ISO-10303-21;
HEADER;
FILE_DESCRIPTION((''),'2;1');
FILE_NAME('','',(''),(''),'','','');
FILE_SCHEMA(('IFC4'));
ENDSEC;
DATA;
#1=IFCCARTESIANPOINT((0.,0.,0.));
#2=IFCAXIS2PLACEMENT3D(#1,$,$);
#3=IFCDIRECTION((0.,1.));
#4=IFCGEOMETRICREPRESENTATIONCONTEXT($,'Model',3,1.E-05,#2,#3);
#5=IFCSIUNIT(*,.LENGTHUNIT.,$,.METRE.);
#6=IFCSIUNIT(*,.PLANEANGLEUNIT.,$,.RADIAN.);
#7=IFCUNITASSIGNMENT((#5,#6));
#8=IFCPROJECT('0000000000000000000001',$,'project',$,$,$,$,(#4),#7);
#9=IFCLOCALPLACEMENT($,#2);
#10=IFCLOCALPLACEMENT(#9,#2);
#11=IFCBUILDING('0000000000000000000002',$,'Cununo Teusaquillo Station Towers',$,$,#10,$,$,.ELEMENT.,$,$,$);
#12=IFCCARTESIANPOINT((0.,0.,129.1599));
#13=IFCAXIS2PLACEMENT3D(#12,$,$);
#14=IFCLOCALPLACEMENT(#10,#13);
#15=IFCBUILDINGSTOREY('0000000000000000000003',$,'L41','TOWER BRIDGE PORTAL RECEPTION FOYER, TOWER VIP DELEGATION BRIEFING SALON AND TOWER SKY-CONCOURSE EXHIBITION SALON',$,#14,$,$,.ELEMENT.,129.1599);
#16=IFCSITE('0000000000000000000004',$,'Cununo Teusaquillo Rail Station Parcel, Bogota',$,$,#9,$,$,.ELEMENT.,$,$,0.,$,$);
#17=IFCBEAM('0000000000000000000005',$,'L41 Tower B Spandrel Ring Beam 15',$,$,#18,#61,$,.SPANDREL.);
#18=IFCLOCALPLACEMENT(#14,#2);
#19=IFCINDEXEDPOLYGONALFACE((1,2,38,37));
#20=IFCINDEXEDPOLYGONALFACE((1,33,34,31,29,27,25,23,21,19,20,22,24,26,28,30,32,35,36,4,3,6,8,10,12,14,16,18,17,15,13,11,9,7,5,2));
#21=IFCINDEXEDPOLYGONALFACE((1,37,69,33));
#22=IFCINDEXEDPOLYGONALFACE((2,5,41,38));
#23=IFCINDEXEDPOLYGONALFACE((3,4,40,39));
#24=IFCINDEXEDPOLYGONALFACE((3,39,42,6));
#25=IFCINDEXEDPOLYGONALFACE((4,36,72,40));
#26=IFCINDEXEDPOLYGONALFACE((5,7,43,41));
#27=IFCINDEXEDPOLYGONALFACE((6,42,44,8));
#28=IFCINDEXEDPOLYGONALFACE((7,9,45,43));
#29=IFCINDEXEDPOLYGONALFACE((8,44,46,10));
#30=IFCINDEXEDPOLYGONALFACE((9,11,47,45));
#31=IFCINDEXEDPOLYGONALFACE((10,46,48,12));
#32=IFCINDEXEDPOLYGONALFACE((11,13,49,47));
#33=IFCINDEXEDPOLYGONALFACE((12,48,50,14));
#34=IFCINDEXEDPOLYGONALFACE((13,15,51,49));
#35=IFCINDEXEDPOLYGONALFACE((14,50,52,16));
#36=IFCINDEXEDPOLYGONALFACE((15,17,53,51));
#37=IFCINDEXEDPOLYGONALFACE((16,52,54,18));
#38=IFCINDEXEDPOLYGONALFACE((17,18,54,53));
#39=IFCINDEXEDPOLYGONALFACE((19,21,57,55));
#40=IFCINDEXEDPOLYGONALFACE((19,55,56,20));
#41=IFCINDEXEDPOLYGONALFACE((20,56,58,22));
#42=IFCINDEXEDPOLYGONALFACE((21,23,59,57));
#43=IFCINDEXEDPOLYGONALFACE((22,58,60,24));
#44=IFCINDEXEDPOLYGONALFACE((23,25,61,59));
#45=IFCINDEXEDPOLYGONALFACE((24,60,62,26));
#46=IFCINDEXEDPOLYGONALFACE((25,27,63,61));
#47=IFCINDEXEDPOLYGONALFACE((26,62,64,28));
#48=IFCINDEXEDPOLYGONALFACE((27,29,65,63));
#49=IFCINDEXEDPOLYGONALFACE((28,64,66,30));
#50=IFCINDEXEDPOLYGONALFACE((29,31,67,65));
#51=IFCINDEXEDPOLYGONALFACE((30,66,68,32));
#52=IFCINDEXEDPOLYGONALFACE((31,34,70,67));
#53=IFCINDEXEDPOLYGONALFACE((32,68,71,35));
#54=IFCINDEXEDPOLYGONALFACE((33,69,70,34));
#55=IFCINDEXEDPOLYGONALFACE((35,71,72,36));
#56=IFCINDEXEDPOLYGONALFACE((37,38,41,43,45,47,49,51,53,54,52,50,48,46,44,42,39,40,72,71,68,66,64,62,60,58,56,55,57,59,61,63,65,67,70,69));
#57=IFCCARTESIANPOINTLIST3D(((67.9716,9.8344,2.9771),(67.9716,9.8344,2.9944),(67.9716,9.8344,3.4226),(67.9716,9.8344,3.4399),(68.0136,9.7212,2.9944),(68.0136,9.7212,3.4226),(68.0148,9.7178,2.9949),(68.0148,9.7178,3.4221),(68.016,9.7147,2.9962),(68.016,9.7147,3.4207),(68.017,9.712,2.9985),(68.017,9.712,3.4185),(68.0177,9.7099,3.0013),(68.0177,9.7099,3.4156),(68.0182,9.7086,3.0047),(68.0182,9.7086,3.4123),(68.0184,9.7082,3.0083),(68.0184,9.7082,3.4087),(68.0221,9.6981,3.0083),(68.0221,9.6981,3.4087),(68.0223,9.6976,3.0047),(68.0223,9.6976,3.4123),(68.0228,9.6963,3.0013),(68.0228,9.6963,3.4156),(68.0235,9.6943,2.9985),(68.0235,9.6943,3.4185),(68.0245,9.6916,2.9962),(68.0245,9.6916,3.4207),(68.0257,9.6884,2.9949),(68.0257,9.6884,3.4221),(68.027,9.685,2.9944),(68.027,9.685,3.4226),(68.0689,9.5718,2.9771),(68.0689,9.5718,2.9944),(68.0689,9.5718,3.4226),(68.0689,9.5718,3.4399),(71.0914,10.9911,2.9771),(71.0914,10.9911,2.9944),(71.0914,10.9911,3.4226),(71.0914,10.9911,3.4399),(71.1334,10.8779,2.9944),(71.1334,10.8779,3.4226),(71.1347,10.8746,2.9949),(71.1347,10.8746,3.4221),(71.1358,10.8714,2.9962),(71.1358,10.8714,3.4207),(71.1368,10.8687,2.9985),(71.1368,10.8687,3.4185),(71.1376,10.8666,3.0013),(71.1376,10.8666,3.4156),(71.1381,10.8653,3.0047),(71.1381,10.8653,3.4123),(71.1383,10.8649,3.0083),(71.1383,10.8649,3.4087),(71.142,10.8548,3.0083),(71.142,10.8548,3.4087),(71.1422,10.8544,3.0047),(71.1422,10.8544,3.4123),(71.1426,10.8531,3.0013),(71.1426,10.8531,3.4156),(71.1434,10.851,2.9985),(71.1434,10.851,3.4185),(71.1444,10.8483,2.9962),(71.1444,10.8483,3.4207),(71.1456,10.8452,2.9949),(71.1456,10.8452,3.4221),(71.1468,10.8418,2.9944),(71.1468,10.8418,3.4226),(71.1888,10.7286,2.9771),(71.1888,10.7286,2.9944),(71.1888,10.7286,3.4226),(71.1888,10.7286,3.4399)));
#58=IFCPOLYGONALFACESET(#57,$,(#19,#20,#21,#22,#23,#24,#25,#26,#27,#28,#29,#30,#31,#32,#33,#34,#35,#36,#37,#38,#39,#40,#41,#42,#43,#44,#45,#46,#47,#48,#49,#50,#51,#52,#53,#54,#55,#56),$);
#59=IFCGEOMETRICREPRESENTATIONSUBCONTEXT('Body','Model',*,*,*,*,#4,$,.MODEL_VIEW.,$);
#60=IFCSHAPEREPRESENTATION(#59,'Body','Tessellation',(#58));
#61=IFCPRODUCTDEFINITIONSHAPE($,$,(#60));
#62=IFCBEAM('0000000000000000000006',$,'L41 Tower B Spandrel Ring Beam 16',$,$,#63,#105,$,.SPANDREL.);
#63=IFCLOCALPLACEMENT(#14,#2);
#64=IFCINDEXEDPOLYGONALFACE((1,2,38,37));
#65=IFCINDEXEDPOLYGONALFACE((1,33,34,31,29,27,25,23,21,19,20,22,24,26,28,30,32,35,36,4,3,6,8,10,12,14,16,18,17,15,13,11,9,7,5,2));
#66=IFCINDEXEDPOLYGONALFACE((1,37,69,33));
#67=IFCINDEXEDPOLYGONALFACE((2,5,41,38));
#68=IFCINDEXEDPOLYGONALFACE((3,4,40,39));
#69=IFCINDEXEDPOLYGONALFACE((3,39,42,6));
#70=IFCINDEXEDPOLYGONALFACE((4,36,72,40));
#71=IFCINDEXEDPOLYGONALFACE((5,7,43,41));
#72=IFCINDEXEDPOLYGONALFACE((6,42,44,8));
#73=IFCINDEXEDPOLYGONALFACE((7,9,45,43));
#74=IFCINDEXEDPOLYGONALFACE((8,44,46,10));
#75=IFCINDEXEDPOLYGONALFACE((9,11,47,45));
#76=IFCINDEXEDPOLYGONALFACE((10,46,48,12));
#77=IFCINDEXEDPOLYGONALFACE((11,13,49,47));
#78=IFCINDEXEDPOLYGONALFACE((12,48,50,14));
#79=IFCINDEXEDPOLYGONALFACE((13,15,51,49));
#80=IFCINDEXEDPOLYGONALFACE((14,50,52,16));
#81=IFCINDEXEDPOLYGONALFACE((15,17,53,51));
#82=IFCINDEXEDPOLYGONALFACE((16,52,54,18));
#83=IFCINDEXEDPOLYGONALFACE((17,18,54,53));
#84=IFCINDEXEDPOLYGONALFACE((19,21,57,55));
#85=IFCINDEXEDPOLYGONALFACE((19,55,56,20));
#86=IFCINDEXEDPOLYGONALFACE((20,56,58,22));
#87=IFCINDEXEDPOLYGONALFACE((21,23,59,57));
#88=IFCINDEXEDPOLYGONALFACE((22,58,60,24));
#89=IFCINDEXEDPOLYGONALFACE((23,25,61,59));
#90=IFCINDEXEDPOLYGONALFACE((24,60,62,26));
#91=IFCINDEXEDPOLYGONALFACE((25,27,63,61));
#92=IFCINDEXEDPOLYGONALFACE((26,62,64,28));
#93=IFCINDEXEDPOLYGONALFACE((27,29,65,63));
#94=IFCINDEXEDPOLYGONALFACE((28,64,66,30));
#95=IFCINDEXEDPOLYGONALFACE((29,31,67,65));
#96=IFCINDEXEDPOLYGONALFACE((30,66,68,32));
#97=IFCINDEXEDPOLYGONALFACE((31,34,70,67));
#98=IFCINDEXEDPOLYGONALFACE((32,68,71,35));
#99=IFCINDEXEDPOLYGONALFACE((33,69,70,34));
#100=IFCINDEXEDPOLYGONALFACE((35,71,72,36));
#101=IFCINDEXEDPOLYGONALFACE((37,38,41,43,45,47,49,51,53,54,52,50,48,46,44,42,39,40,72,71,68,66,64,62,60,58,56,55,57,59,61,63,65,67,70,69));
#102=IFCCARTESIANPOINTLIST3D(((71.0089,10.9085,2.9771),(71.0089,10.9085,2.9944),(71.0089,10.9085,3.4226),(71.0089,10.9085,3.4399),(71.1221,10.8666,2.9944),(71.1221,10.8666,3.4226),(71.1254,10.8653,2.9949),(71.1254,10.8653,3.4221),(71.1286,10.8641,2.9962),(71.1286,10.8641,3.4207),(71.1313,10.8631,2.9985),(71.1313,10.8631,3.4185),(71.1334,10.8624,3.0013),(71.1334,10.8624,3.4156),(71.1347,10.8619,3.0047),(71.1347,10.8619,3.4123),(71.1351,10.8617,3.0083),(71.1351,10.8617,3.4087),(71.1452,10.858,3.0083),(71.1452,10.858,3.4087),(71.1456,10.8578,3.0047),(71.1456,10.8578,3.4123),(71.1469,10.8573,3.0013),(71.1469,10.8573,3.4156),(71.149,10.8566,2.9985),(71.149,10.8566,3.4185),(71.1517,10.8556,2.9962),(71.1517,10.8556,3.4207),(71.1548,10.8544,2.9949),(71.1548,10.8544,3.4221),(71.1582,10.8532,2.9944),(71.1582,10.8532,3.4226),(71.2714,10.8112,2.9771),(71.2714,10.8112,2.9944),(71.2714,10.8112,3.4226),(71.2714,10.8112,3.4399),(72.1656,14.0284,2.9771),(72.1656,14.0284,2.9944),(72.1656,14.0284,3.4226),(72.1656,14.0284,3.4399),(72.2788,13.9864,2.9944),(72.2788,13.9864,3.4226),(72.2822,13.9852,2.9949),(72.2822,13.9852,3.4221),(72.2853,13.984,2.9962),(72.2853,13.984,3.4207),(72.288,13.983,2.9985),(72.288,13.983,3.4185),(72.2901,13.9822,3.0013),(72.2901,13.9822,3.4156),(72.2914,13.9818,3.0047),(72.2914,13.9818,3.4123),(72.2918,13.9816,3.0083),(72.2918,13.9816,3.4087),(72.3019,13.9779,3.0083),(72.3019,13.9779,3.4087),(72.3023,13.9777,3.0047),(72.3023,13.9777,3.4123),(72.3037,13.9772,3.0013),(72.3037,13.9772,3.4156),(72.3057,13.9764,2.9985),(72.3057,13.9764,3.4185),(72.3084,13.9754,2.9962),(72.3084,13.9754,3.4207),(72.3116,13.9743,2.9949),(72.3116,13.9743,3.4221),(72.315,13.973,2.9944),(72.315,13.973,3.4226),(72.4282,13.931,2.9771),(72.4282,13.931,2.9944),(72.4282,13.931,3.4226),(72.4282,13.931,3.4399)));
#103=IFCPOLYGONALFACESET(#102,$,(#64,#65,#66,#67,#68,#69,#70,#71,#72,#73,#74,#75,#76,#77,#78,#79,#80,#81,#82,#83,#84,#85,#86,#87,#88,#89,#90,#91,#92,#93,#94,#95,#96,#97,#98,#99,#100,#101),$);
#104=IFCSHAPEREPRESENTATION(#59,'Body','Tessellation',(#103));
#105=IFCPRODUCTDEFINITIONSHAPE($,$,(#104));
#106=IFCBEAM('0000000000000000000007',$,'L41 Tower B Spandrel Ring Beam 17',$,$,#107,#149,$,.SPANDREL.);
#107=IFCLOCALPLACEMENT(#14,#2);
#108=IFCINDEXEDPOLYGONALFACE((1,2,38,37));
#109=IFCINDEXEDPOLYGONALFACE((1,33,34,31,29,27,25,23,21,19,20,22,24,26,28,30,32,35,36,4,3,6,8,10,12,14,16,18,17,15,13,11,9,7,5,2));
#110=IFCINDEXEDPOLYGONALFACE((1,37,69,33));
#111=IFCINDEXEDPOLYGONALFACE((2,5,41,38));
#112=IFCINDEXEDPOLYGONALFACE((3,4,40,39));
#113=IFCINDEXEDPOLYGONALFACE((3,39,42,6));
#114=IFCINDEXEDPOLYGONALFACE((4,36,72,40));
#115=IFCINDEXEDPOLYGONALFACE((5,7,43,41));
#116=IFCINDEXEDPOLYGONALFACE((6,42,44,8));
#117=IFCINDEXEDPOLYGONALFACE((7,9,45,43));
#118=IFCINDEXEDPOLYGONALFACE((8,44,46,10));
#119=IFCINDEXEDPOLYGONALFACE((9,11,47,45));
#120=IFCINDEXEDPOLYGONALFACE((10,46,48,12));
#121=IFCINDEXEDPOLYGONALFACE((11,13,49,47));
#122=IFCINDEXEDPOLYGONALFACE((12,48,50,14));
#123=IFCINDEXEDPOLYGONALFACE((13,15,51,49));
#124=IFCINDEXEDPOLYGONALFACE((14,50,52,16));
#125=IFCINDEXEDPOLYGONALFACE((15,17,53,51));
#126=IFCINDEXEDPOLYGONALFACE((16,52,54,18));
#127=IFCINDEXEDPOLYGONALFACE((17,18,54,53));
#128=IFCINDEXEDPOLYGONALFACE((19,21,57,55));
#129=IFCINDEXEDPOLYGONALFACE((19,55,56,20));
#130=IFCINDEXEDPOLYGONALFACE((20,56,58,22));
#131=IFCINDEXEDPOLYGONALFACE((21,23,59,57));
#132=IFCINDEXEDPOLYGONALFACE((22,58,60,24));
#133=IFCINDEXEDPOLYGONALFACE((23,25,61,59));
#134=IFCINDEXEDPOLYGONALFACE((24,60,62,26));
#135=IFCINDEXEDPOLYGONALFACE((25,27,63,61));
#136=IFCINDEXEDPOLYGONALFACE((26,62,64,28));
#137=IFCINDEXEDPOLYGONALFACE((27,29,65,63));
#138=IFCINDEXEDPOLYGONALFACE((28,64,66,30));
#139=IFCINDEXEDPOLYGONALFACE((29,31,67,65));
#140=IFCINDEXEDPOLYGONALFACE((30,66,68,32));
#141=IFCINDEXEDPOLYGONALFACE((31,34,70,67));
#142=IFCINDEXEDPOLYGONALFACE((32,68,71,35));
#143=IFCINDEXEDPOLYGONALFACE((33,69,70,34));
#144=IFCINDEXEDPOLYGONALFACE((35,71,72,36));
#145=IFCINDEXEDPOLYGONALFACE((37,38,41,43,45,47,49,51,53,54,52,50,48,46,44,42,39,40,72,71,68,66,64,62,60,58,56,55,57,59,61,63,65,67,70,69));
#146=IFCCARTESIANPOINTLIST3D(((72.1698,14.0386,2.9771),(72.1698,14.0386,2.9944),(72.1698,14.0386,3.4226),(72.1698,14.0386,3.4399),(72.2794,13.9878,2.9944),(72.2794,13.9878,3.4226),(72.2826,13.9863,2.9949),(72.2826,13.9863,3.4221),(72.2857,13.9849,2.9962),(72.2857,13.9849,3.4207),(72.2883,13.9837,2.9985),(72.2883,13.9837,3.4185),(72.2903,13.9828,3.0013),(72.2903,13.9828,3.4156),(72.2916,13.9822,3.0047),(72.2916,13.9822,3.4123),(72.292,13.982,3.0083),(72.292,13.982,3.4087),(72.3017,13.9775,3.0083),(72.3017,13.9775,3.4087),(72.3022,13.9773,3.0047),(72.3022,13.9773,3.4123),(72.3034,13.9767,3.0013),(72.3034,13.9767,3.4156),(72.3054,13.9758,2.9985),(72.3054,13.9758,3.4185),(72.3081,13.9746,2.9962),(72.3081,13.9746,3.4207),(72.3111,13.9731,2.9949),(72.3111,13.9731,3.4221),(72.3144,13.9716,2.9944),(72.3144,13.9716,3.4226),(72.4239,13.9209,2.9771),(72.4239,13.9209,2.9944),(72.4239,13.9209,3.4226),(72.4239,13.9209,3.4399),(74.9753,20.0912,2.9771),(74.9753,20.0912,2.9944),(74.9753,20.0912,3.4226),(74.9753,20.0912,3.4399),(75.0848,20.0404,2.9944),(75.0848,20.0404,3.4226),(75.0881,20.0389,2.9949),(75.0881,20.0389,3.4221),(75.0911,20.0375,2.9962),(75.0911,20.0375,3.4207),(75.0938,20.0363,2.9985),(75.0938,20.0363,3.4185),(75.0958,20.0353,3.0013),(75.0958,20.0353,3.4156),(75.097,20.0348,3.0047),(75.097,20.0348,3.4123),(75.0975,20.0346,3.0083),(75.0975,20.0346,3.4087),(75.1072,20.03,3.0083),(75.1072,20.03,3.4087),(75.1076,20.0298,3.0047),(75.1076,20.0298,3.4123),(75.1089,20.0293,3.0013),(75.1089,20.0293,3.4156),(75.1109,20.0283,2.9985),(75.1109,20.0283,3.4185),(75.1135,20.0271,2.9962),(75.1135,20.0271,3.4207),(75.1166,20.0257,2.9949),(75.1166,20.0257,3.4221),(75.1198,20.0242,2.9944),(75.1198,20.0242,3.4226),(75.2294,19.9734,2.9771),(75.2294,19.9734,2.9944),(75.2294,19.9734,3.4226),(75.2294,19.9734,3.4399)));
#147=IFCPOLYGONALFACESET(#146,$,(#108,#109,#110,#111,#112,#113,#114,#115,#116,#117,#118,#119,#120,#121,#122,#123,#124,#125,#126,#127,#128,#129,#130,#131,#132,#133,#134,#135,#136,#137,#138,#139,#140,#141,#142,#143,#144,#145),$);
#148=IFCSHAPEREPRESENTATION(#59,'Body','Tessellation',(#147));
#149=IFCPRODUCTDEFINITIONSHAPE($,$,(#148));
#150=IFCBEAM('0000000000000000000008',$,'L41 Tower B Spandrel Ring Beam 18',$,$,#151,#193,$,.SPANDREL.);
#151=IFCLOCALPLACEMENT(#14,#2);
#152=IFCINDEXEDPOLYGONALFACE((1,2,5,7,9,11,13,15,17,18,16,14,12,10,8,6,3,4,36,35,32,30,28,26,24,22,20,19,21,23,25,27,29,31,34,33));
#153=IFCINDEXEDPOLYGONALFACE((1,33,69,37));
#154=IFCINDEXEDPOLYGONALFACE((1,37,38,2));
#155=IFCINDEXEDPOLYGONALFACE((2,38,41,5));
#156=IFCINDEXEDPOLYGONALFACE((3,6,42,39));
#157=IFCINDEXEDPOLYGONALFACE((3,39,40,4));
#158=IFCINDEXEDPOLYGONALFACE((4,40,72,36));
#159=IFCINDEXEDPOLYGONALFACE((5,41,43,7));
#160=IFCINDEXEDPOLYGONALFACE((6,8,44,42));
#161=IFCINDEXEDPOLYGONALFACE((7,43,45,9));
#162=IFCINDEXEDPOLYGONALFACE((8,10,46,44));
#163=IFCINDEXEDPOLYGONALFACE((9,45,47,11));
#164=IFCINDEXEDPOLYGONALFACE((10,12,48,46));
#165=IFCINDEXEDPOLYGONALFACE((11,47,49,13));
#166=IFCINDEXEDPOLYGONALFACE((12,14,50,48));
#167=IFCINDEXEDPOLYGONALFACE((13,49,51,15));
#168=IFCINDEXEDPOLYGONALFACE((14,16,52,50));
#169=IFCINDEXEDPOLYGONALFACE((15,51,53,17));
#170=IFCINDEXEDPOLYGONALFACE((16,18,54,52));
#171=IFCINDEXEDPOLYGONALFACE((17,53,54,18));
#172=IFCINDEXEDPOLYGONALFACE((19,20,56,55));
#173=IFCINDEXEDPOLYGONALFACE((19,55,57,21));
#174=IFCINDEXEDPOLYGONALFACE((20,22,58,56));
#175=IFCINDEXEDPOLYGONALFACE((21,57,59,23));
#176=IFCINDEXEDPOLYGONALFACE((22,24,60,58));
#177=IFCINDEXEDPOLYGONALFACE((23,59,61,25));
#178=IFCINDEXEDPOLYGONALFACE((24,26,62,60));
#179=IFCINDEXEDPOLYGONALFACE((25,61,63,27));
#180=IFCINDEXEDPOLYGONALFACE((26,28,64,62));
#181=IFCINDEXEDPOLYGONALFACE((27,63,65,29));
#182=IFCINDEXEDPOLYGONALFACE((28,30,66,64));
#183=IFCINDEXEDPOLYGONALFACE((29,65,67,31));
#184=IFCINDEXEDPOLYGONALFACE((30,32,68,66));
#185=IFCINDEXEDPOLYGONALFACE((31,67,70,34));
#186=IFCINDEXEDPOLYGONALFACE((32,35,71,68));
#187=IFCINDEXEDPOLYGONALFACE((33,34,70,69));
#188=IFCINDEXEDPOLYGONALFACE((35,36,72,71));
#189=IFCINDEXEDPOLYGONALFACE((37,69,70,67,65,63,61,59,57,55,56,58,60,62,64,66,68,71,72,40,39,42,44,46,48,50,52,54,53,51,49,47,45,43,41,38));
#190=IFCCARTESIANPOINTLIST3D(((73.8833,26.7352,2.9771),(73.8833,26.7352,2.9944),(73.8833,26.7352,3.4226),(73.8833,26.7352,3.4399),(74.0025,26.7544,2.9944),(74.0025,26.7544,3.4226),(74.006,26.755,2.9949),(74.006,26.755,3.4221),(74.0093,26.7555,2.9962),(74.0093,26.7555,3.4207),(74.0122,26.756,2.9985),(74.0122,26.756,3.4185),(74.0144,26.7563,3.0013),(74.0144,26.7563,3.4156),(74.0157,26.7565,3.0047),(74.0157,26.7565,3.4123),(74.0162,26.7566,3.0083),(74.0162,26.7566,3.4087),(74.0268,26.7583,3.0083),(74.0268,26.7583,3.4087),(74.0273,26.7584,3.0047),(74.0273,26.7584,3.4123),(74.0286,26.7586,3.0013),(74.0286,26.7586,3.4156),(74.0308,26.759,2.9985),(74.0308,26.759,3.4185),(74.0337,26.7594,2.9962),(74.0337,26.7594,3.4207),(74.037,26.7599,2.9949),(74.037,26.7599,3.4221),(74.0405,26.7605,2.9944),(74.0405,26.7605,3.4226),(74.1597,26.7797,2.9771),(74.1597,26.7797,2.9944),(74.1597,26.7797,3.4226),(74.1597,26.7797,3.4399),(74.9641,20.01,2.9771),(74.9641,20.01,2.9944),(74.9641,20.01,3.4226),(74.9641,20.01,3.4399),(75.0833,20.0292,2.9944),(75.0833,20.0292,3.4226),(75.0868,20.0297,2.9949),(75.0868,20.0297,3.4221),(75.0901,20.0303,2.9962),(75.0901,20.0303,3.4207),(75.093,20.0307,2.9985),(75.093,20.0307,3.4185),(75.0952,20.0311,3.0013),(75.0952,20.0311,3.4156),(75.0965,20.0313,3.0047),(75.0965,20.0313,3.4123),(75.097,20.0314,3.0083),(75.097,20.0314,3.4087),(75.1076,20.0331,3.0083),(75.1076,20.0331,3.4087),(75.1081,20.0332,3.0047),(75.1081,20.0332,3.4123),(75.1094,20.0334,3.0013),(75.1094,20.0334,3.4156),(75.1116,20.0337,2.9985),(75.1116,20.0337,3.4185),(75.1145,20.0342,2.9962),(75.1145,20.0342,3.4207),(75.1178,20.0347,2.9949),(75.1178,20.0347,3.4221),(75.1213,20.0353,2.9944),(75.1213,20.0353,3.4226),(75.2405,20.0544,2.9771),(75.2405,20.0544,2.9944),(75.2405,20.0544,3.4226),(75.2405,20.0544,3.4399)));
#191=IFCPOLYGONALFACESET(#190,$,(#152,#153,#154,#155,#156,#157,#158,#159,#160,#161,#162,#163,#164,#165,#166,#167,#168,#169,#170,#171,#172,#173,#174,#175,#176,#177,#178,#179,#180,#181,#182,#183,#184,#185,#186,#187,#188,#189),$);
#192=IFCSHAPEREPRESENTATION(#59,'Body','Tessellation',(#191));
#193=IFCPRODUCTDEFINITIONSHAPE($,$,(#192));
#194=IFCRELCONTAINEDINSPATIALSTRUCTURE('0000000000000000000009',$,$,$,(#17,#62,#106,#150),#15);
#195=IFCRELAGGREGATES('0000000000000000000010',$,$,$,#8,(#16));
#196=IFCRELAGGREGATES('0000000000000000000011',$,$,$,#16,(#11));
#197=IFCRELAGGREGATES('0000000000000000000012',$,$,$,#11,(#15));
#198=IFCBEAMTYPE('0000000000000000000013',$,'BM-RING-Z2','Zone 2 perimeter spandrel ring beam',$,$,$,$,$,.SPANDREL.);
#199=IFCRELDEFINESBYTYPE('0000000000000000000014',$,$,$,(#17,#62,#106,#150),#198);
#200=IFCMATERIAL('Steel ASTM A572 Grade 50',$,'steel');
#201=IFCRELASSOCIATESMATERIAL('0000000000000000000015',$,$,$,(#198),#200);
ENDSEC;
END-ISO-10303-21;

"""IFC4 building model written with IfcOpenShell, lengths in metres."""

from ifc_helpers import new_model, si_unit, direction, frame, origin, origin_2d, place, context, subcontext, project, spatial, i_section, extrude, material, material_profile, profile_set, type_object, element, save


model = new_model("IFC4")

# Units and contexts
model_context = context("Model", 3, precision=1e-05, world=origin(), true_north=direction((0.0, 1.0)))
body_context = subcontext(model_context, "Body", "Model", "MODEL_VIEW")
ifc_project = project(units=[si_unit("LENGTHUNIT", "METRE"), si_unit("PLANEANGLEUNIT", "RADIAN")], contexts=[model_context])

# Site, building, storey
site_placement = place(None, origin())
site = spatial("IfcSite", under=ifc_project, at=site_placement, Name="Cununo Teusaquillo Rail Station Parcel, Bogota", CompositionType="ELEMENT", RefElevation=0.0)
building_placement = place(site_placement, origin())
building = spatial("IfcBuilding", under=site, at=building_placement, Name="Cununo Teusaquillo Station Towers", CompositionType="ELEMENT")
storey_placement = place(building_placement, frame((0.0, 0.0, 129.1599)))
storey = spatial("IfcBuildingStorey", under=building, at=storey_placement, Name="L41", Description="TOWER BRIDGE PORTAL RECEPTION FOYER, TOWER VIP DELEGATION BRIEFING SALON AND TOWER SKY-CONCOURSE EXHIBITION SALON", CompositionType="ELEMENT", Elevation=129.1599)

# Beams
ifc_material_1 = material(Name="Steel ASTM A572 Grade 50", Category="steel")
ifc_material_profile_1 = material_profile(ifc_material_1, i_section(OverallWidth=0.28, OverallDepth=0.4629, WebThickness=0.0107, FlangeThickness=0.0173, FilletRadius=0.0139, at=origin_2d()), Name="W18X76")
ifc_profile_set_1 = profile_set([ifc_material_profile_1], Name="Steel ASTM A572 Grade 50")
beam_type_1 = type_object("IfcBeamType", Name="BM-RING-Z2", Description="Zone 2 perimeter spandrel ring beam", PredefinedType="SPANDREL", material=ifc_profile_set_1)
for number, where, z_axis, x_axis, name in (
    (1, (68.0203, 9.7031, 3.2085), (0.937628, 0.347639, 0.0), (-0.347639, 0.937628, 0.0), "L41 Tower B Spandrel Ring Beam 15"),
    (2, (71.1401, 10.8599, 3.2085), (0.347639, 0.937628, 0.0), (-0.937628, 0.347639, 0.0), "L41 Tower B Spandrel Ring Beam 16"),
):
    element("IfcBeam", number, at=place(storey_placement, frame(where, z_axis=z_axis, x_axis=x_axis)), inside=storey, type_object=beam_type_1, Name=name, PredefinedType="SPANDREL", context=body_context, shape_type="SweptSolid", body=[
        extrude(i_section(OverallWidth=0.28, OverallDepth=0.4629, WebThickness=0.0107, FlangeThickness=0.0173, FilletRadius=0.0139, at=origin_2d()), origin(), (0.0, 0.0, 1.0), 3.3274),
    ])
beam_1_placement = place(storey_placement, frame((72.2969, 13.9797, 3.2085), z_axis=(0.420536, 0.907276, 0.0), x_axis=(-0.907276, 0.420536, 0.0)))
element("IfcBeam", 3, at=beam_1_placement, inside=storey, type_object=beam_type_1, Name="L41 Tower B Spandrel Ring Beam 17", PredefinedType="SPANDREL", context=body_context, shape_type="SweptSolid", body=[
    extrude(i_section(OverallWidth=0.28, OverallDepth=0.4629, WebThickness=0.0107, FlangeThickness=0.0173, FilletRadius=0.0139, at=origin_2d()), origin(), (0.0, 0.0, 1.0), 6.6711),
])
beam_2_placement = place(storey_placement, frame((75.1023, 20.0322, 3.2085), z_axis=(-0.158671, 0.987331, 0.0), x_axis=(-0.987331, -0.158671, 0.0)))
element("IfcBeam", 4, at=beam_2_placement, inside=storey, type_object=beam_type_1, Name="L41 Tower B Spandrel Ring Beam 18", PredefinedType="SPANDREL", context=body_context, shape_type="SweptSolid", body=[
    extrude(i_section(OverallWidth=0.28, OverallDepth=0.4629, WebThickness=0.0107, FlangeThickness=0.0173, FilletRadius=0.0139, at=origin_2d()), origin(), (0.0, 0.0, 1.0), 6.8115),
])

save(model, "model.ifc")
